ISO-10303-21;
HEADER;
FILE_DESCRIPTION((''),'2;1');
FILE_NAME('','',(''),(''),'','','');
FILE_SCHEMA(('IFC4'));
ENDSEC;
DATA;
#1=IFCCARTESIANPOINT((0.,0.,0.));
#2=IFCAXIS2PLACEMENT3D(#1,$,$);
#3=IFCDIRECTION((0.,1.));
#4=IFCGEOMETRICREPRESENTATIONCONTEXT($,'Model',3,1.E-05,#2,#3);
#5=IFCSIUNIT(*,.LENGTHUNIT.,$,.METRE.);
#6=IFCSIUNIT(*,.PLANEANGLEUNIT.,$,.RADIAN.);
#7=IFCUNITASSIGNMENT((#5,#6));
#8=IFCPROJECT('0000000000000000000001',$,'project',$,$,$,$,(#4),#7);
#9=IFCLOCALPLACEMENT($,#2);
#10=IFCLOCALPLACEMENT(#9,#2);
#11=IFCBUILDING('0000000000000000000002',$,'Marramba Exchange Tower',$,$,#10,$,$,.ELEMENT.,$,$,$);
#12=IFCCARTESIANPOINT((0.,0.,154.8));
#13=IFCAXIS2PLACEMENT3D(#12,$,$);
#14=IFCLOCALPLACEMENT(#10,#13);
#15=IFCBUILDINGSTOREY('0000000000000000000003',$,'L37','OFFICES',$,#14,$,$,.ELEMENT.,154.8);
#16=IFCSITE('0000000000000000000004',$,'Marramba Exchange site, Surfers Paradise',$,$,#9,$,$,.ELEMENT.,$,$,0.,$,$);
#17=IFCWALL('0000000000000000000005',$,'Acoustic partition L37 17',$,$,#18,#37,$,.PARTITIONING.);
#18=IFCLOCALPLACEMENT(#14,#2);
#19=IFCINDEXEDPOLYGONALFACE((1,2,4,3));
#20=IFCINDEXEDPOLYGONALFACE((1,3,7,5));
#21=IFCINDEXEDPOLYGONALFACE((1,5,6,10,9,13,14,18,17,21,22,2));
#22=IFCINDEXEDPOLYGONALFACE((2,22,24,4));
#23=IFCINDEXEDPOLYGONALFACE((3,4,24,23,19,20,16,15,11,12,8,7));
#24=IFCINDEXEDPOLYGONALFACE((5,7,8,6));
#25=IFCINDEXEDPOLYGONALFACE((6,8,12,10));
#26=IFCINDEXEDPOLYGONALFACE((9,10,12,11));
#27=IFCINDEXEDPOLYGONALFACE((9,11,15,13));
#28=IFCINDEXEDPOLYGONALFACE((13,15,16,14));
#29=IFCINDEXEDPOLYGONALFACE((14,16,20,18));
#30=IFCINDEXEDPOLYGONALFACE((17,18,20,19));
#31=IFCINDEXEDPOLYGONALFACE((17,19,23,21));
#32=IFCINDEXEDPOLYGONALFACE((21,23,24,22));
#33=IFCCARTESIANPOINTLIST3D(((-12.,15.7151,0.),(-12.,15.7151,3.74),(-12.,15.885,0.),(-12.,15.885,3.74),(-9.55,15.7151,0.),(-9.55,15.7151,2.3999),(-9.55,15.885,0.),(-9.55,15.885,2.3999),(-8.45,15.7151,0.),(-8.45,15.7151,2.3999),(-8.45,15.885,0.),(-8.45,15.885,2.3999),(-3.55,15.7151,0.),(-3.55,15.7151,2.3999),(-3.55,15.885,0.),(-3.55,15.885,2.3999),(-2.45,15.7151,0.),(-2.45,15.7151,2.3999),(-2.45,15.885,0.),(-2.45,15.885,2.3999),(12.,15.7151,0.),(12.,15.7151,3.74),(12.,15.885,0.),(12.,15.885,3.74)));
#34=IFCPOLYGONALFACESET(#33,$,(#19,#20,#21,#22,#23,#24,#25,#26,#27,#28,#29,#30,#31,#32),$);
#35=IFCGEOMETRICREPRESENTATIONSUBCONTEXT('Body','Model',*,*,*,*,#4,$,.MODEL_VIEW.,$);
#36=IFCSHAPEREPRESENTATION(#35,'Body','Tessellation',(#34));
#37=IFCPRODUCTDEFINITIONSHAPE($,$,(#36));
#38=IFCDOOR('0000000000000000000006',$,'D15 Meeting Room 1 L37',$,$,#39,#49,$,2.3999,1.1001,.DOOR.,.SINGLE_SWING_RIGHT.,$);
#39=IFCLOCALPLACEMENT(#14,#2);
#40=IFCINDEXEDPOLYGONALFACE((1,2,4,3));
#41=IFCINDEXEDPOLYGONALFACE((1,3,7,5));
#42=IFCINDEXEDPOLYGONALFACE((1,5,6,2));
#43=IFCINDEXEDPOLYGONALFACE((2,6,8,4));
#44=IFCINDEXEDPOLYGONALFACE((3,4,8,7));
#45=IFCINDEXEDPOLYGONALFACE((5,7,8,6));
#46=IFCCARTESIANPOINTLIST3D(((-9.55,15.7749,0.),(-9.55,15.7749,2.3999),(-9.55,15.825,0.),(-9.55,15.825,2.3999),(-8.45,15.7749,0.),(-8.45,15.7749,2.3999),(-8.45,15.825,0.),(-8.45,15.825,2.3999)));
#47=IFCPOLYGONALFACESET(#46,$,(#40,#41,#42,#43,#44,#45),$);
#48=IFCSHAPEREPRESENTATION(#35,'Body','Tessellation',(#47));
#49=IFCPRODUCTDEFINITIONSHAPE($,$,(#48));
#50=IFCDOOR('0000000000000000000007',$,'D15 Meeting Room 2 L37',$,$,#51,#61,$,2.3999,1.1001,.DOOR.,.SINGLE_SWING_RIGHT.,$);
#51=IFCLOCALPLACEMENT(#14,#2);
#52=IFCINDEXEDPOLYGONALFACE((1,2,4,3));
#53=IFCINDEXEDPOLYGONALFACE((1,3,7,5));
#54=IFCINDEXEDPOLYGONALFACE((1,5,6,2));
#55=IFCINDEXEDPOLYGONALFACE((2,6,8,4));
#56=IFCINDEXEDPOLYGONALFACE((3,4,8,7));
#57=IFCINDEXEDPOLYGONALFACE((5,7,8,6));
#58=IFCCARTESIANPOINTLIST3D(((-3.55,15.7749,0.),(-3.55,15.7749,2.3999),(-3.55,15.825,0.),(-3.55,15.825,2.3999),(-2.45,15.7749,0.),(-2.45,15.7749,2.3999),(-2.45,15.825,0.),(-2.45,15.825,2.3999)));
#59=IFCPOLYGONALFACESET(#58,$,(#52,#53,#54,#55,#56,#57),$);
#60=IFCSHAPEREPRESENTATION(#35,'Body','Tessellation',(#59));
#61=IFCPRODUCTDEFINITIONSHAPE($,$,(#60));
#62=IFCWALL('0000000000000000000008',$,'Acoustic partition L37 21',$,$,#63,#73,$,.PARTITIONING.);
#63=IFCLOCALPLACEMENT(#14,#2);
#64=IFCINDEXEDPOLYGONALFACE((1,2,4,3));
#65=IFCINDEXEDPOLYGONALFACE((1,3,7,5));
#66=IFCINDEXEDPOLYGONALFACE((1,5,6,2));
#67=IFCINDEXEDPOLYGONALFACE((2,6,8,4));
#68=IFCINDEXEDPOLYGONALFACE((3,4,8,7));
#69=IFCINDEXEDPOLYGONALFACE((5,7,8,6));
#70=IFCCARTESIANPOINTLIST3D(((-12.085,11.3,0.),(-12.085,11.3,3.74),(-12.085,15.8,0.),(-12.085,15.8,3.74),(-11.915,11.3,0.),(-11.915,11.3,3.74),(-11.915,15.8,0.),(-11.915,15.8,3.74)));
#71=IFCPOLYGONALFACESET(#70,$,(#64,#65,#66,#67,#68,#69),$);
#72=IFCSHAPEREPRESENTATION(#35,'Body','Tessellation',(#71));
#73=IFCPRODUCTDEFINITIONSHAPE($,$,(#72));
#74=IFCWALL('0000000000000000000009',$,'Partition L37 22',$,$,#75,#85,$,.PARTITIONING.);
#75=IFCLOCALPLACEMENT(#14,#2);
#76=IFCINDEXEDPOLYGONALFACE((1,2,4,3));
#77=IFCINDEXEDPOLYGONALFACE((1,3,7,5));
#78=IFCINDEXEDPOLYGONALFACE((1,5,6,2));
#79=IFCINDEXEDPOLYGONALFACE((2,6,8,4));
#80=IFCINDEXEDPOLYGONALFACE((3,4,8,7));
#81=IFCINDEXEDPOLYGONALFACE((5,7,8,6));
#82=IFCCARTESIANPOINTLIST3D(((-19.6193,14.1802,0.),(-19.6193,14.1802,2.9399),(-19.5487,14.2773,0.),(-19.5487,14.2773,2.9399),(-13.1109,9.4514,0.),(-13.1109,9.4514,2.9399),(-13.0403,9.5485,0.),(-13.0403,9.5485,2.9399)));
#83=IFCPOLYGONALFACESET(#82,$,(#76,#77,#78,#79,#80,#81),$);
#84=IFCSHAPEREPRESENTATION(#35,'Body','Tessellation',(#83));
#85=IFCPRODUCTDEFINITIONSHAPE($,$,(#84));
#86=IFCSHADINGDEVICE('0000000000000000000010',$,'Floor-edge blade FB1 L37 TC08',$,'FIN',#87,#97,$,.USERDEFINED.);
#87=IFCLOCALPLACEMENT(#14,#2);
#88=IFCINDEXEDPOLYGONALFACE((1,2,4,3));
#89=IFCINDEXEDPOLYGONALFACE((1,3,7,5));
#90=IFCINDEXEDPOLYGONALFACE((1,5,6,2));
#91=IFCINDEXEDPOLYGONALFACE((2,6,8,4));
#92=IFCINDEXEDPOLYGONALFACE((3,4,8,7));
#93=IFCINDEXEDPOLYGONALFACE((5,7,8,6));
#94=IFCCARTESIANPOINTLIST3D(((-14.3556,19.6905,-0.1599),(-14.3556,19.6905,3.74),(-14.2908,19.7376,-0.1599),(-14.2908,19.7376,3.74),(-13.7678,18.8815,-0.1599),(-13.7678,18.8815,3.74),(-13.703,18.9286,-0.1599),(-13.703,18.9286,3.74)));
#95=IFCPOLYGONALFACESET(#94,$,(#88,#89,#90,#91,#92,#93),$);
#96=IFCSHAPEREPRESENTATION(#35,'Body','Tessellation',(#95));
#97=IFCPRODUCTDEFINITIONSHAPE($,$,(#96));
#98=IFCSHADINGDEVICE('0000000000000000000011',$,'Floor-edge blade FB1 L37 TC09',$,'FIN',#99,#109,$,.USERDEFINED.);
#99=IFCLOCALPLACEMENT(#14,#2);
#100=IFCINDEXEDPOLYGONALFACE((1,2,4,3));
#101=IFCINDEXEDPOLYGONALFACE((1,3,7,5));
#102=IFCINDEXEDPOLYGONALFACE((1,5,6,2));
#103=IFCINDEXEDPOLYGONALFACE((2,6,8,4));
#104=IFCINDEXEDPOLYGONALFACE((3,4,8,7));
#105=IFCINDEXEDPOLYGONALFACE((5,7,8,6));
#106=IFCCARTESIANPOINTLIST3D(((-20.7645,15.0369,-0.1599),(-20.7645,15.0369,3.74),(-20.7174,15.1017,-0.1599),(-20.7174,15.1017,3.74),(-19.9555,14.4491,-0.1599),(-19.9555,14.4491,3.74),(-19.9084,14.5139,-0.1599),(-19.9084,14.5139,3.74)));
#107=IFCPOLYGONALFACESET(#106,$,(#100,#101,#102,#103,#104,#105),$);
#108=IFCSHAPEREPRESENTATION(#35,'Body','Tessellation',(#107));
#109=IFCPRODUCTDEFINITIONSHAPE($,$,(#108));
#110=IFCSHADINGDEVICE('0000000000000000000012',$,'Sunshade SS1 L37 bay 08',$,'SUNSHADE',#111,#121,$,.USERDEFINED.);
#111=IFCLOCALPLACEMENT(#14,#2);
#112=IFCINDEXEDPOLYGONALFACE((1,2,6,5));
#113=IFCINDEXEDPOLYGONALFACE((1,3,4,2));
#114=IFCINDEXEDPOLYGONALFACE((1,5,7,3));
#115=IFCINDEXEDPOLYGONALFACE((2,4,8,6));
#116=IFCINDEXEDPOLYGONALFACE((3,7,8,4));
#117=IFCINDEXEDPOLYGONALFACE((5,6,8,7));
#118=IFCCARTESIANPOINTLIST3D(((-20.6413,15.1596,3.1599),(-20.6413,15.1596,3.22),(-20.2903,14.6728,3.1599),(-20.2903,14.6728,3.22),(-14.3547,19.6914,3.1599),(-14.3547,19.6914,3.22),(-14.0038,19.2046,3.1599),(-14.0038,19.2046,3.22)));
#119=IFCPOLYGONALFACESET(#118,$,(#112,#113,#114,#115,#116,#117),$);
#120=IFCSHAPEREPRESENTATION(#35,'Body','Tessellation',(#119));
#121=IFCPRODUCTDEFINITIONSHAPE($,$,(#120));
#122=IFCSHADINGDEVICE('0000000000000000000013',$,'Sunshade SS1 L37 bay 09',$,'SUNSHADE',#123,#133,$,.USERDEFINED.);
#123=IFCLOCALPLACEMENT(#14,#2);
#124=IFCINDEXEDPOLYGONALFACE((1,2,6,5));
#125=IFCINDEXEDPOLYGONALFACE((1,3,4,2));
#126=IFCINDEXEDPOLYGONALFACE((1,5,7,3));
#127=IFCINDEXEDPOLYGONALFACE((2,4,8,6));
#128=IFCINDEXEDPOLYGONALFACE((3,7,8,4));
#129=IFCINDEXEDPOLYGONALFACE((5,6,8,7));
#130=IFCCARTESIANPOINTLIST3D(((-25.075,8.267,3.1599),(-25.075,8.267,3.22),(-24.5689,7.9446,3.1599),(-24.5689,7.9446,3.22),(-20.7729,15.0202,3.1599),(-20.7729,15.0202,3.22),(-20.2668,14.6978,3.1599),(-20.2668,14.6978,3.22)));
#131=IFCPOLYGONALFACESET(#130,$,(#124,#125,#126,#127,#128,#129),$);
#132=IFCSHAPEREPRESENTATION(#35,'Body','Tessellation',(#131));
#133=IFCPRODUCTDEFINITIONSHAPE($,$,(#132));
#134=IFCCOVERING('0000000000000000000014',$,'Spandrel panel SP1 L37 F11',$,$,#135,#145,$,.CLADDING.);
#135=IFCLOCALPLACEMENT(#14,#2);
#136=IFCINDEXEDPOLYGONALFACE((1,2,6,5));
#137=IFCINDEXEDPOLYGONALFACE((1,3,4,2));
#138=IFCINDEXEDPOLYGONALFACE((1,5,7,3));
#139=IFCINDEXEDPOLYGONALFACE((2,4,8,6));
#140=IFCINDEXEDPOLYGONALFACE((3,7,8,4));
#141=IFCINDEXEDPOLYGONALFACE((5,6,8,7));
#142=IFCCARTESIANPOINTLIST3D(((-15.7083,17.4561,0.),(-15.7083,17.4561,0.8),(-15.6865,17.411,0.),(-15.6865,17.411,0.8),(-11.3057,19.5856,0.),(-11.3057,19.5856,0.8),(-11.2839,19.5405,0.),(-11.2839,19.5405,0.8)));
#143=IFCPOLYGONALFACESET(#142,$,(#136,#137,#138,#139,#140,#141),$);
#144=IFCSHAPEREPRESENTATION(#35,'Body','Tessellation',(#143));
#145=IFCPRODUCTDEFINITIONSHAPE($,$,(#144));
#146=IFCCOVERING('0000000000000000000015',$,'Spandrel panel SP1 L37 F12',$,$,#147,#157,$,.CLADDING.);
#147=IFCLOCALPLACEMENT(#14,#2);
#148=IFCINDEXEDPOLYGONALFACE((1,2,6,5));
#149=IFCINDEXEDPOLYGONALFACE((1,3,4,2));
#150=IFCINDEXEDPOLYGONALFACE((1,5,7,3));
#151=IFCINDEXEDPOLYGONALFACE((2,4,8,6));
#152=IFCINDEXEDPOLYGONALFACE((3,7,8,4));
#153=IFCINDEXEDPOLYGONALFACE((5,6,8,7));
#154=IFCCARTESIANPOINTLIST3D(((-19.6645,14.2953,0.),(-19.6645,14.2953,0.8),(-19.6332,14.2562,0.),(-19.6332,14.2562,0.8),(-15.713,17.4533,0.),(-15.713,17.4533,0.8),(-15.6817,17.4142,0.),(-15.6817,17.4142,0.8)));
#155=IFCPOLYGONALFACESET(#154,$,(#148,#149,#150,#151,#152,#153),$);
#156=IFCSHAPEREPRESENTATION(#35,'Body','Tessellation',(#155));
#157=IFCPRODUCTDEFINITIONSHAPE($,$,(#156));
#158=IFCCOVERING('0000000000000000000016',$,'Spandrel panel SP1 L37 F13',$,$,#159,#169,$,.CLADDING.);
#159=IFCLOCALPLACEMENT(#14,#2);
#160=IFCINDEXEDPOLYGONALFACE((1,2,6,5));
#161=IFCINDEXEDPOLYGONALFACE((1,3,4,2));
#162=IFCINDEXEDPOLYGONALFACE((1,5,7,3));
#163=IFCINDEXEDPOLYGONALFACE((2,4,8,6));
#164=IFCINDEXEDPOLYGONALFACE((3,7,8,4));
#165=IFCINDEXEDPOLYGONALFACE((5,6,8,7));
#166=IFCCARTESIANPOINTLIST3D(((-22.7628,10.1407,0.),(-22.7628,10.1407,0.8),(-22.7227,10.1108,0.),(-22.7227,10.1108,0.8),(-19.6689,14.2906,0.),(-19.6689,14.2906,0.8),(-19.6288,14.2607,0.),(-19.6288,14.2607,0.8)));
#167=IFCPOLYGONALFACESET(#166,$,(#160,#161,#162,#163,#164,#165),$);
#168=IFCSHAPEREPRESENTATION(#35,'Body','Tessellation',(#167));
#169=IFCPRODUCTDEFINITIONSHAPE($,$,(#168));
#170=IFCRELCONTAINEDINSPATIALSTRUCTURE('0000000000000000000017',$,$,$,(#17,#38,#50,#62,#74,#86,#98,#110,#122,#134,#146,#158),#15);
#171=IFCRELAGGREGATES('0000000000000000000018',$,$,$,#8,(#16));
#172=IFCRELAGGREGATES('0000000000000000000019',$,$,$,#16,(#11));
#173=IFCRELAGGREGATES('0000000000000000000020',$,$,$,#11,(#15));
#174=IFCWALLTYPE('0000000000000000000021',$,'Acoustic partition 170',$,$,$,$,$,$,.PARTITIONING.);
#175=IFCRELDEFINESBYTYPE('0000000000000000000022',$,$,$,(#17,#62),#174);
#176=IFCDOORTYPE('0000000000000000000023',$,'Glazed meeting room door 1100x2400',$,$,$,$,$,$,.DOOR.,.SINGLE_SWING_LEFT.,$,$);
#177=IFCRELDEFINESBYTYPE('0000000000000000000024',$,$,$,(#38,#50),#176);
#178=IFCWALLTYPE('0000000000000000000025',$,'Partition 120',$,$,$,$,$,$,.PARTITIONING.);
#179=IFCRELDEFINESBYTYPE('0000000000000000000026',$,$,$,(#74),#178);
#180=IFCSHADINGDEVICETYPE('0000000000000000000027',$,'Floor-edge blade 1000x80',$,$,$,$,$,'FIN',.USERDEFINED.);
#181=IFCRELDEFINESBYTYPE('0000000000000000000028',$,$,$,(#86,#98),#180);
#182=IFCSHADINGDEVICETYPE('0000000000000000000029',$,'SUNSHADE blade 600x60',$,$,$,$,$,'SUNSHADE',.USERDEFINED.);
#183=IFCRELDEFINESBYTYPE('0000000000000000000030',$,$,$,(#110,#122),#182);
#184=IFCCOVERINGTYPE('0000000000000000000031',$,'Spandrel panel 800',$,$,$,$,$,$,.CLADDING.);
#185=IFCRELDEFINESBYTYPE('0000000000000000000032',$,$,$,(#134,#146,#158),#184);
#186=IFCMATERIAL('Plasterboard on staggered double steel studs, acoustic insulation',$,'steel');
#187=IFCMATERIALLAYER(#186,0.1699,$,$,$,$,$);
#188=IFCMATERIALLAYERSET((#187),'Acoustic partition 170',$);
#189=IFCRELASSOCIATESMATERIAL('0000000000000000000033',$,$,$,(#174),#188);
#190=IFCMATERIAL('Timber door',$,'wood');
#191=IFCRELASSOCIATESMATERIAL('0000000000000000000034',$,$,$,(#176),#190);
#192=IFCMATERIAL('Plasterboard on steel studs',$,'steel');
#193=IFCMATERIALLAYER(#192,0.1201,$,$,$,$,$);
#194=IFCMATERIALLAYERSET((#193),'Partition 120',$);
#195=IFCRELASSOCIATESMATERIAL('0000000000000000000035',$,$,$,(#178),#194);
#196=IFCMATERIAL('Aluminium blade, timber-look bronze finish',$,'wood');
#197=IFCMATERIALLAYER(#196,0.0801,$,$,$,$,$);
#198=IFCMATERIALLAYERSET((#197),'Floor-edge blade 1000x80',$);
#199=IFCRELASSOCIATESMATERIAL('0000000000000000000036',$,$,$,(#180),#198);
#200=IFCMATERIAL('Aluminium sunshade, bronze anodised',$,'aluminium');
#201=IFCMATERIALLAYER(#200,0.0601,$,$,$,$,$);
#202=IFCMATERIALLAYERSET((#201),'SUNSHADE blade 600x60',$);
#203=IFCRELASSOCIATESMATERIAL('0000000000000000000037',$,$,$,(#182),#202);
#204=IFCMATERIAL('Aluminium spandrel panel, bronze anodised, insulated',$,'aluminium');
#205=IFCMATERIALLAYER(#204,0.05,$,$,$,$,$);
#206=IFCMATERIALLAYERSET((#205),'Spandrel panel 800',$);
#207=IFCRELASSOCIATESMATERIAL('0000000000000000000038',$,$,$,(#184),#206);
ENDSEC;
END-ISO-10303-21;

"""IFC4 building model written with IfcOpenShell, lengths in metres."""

from ifc_helpers import new_model, si_unit, direction, frame, frame_2d, origin, origin_2d, place, context, subcontext, project, spatial, rectangle, extrude, material, layer, layer_set, type_object, element, fill, save


model = new_model("IFC4")

# Units and contexts
model_context = context("Model", 3, precision=1e-05, world=origin(), true_north=direction((0.0, 1.0)))
body_context = subcontext(model_context, "Body", "Model", "MODEL_VIEW")
ifc_project = project(units=[si_unit("LENGTHUNIT", "METRE"), si_unit("PLANEANGLEUNIT", "RADIAN")], contexts=[model_context])

# Site, building, storey
site_placement = place(None, origin())
site = spatial("IfcSite", under=ifc_project, at=site_placement, Name="Marramba Exchange site, Surfers Paradise", CompositionType="ELEMENT", RefElevation=0.0)
building_placement = place(site_placement, origin())
building = spatial("IfcBuilding", under=site, at=building_placement, Name="Marramba Exchange Tower", CompositionType="ELEMENT")
storey_placement = place(building_placement, frame((0.0, 0.0, 154.8)))
storey = spatial("IfcBuildingStorey", under=building, at=storey_placement, Name="L37", Description="OFFICES", CompositionType="ELEMENT", Elevation=154.8)

# Wall, openings, doors
ifc_material_1 = material(Name="Plasterboard on staggered double steel studs, acoustic insulation", Category="steel")
ifc_layer_1 = layer(ifc_material_1, 0.1699)
ifc_layer_set_1 = layer_set([ifc_layer_1], Name="Acoustic partition 170")
wall_type_1 = type_object("IfcWallType", Name="Acoustic partition 170", PredefinedType="PARTITIONING", material=ifc_layer_set_1)
wall_1_placement = place(storey_placement, frame((-12.0, 15.8, 0.0), z_axis=(0.0, 0.0, 1.0), x_axis=(1.0, 0.0, 0.0)))
wall_1 = element("IfcWall", 1, at=wall_1_placement, inside=storey, type_object=wall_type_1, Name="Acoustic partition L37 17", PredefinedType="PARTITIONING", context=body_context, shape_type="SweptSolid", body=[
    extrude(rectangle(XDim=24.0, YDim=0.1699, at=frame_2d((12.0, 0.0))), origin(), (0.0, 0.0, 1.0), 3.74),
])
opening_1_placement = place(wall_1_placement, frame((2.45, 0.0, 0.0)))
opening_1 = element("IfcOpeningElement", 2, at=opening_1_placement, cuts=wall_1, PredefinedType="OPENING", context=body_context, shape_type="SweptSolid", body=[
    extrude(rectangle(XDim=1.1001, YDim=2.3999, at=frame_2d((0.55, 1.2))), frame((0.0, 0.095, 0.0), z_axis=(0.0, -1.0, 0.0), x_axis=(1.0, 0.0, 0.0)), (0.0, 0.0, 1.0), 0.1899),
])
opening_2_placement = place(wall_1_placement, frame((8.45, 0.0, 0.0)))
opening_2 = element("IfcOpeningElement", 3, at=opening_2_placement, cuts=wall_1, PredefinedType="OPENING", context=body_context, shape_type="SweptSolid", body=[
    extrude(rectangle(XDim=1.1001, YDim=2.3999, at=frame_2d((0.55, 1.2))), frame((0.0, 0.095, 0.0), z_axis=(0.0, -1.0, 0.0), x_axis=(1.0, 0.0, 0.0)), (0.0, 0.0, 1.0), 0.1899),
])
ifc_material_2 = material(Name="Timber door", Category="wood")
door_type = type_object("IfcDoorType", Name="Glazed meeting room door 1100x2400", OperationType="SINGLE_SWING_LEFT", PredefinedType="DOOR", material=ifc_material_2)
door_1_placement = place(opening_1_placement, frame((1.1001, 0.0, 0.0), z_axis=(0.0, 0.0, 1.0), x_axis=(-1.0, 0.0, 0.0)))
door_1 = element("IfcDoor", 4, at=door_1_placement, inside=storey, type_object=door_type, Name="D15 Meeting Room 1 L37", OperationType="SINGLE_SWING_RIGHT", OverallHeight=2.3999, OverallWidth=1.1001, PredefinedType="DOOR", context=body_context, shape_type="SweptSolid", body=[
    extrude(rectangle(XDim=1.1001, YDim=2.3999, at=frame_2d((0.55, 1.2))), frame((0.0, 0.0251, 0.0), z_axis=(0.0, -1.0, 0.0), x_axis=(1.0, 0.0, 0.0)), (0.0, 0.0, 1.0), 0.05),
])
fill(opening_1, door_1)
door_2_placement = place(opening_2_placement, frame((1.1001, 0.0, 0.0), z_axis=(0.0, 0.0, 1.0), x_axis=(-1.0, 0.0, 0.0)))
door_2 = element("IfcDoor", 5, at=door_2_placement, inside=storey, type_object=door_type, Name="D15 Meeting Room 2 L37", OperationType="SINGLE_SWING_RIGHT", OverallHeight=2.3999, OverallWidth=1.1001, PredefinedType="DOOR", context=body_context, shape_type="SweptSolid", body=[
    extrude(rectangle(XDim=1.1001, YDim=2.3999, at=frame_2d((0.55, 1.2))), frame((0.0, 0.0251, 0.0), z_axis=(0.0, -1.0, 0.0), x_axis=(1.0, 0.0, 0.0)), (0.0, 0.0, 1.0), 0.05),
])
fill(opening_2, door_2)

# Walls
wall_2_placement = place(storey_placement, frame((-12.0, 11.3, 0.0), z_axis=(0.0, 0.0, 1.0), x_axis=(0.0, 1.0, 0.0)))
element("IfcWall", 6, at=wall_2_placement, inside=storey, type_object=wall_type_1, Name="Acoustic partition L37 21", PredefinedType="PARTITIONING", context=body_context, shape_type="SweptSolid", body=[
    extrude(rectangle(XDim=4.5, YDim=0.1699, at=frame_2d((2.25, 0.0))), origin(), (0.0, 0.0, 1.0), 3.74),
])
ifc_material_3 = material(Name="Plasterboard on steel studs", Category="steel")
ifc_layer_2 = layer(ifc_material_3, 0.1201)
ifc_layer_set_2 = layer_set([ifc_layer_2], Name="Partition 120")
wall_type_2 = type_object("IfcWallType", Name="Partition 120", PredefinedType="PARTITIONING", material=ifc_layer_set_2)
wall_3_placement = place(storey_placement, frame((-19.584, 14.2288, 0.0), z_axis=(0.0, 0.0, 1.0), x_axis=(0.809005, -0.587802, 0.0)))
element("IfcWall", 7, at=wall_3_placement, inside=storey, type_object=wall_type_2, Name="Partition L37 22", PredefinedType="PARTITIONING", context=body_context, shape_type="SweptSolid", body=[
    extrude(rectangle(XDim=8.0449, YDim=0.1201, at=frame_2d((4.0225, 0.0))), origin(), (0.0, 0.0, 1.0), 2.9399),
])

# Shading devices
ifc_material_4 = material(Name="Aluminium blade, timber-look bronze finish", Category="wood")
ifc_layer_3 = layer(ifc_material_4, 0.0801)
ifc_layer_set_3 = layer_set([ifc_layer_3], Name="Floor-edge blade 1000x80")
shading_device_type_1 = type_object("IfcShadingDeviceType", Name="Floor-edge blade 1000x80", ElementType="FIN", PredefinedType="USERDEFINED", material=ifc_layer_set_3)
for number, where, z_axis, x_axis, name in (
    (8, (-14.0293, 19.3096, -0.1599), (0.0, 0.0, 1.0), (-0.587785, 0.809017, 0.0), "Floor-edge blade FB1 L37 TC08"),
    (9, (-20.3364, 14.7754, -0.1599), (0.0, 0.0, 1.0), (-0.809017, 0.587785, 0.0), "Floor-edge blade FB1 L37 TC09"),
):
    element("IfcShadingDevice", number, at=place(storey_placement, frame(where, z_axis=z_axis, x_axis=x_axis)), inside=storey, type_object=shading_device_type_1, Name=name, ObjectType="FIN", PredefinedType="USERDEFINED", context=body_context, shape_type="SweptSolid", body=[
        extrude(rectangle(XDim=1.0, YDim=0.0801, at=origin_2d()), origin(), (0.0, 0.0, 1.0), 3.8999),
    ])
ifc_material_5 = material(Name="Aluminium sunshade, bronze anodised", Category="aluminium")
ifc_layer_4 = layer(ifc_material_5, 0.0601)
ifc_layer_set_4 = layer_set([ifc_layer_4], Name="SUNSHADE blade 600x60")
shading_device_type_2 = type_object("IfcShadingDeviceType", Name="SUNSHADE blade 600x60", ElementType="SUNSHADE", PredefinedType="USERDEFINED", material=ifc_layer_set_4)
shading_device_1_placement = place(storey_placement, frame((-17.3225, 17.1821, 3.1599), z_axis=(0.0, 0.0, 1.0), x_axis=(-0.811199, -0.58477, 0.0)))
element("IfcShadingDevice", 10, at=shading_device_1_placement, inside=storey, type_object=shading_device_type_2, Name="Sunshade SS1 L37 bay 08", ObjectType="SUNSHADE", PredefinedType="USERDEFINED", context=body_context, shape_type="SweptSolid", body=[
    extrude(rectangle(XDim=7.7498, YDim=0.6001, at=origin_2d()), origin(), (0.0, 0.0, 1.0), 0.0601),
])
shading_device_2_placement = place(storey_placement, frame((-22.6709, 11.4824, 3.1599), z_axis=(0.0, 0.0, 1.0), x_axis=(-0.537285, -0.843401, 0.0)))
element("IfcShadingDevice", 11, at=shading_device_2_placement, inside=storey, type_object=shading_device_type_2, Name="Sunshade SS1 L37 bay 09", ObjectType="SUNSHADE", PredefinedType="USERDEFINED", context=body_context, shape_type="SweptSolid", body=[
    extrude(rectangle(XDim=8.0071, YDim=0.6001, at=origin_2d()), origin(), (0.0, 0.0, 1.0), 0.0601),
])

# Coverings
ifc_material_6 = material(Name="Aluminium spandrel panel, bronze anodised, insulated", Category="aluminium")
ifc_layer_5 = layer(ifc_material_6, 0.05)
ifc_layer_set_5 = layer_set([ifc_layer_5], Name="Spandrel panel 800")
covering_type = type_object("IfcCoveringType", Name="Spandrel panel 800", PredefinedType="CLADDING", material=ifc_layer_set_5)
covering_1_placement = place(storey_placement, frame((-13.4961, 18.4983, 0.0), z_axis=(0.0, 0.0, 1.0), x_axis=(-0.900224, -0.435428, 0.0)))
element("IfcCovering", 12, at=covering_1_placement, inside=storey, type_object=covering_type, Name="Spandrel panel SP1 L37 F11", PredefinedType="CLADDING", context=body_context, shape_type="SweptSolid", body=[
    extrude(rectangle(XDim=4.8906, YDim=0.05, at=origin_2d()), origin(), (0.0, 0.0, 1.0), 0.8),
])
covering_2_placement = place(storey_placement, frame((-17.6731, 15.8547, 0.0), z_axis=(0.0, 0.0, 1.0), x_axis=(-0.781178, -0.624308, 0.0)))
element("IfcCovering", 13, at=covering_2_placement, inside=storey, type_object=covering_type, Name="Spandrel panel SP1 L37 F12", PredefinedType="CLADDING", context=body_context, shape_type="SweptSolid", body=[
    extrude(rectangle(XDim=5.0583, YDim=0.05, at=origin_2d()), origin(), (0.0, 0.0, 1.0), 0.8),
])
covering_3_placement = place(storey_placement, frame((-21.1958, 12.2007, 0.0), z_axis=(0.0, 0.0, 1.0), x_axis=(-0.597704, -0.801717, 0.0)))
element("IfcCovering", 14, at=covering_3_placement, inside=storey, type_object=covering_type, Name="Spandrel panel SP1 L37 F13", PredefinedType="CLADDING", context=body_context, shape_type="SweptSolid", body=[
    extrude(rectangle(XDim=5.1763, YDim=0.05, at=origin_2d()), origin(), (0.0, 0.0, 1.0), 0.8),
])

save(model, "model.ifc")
